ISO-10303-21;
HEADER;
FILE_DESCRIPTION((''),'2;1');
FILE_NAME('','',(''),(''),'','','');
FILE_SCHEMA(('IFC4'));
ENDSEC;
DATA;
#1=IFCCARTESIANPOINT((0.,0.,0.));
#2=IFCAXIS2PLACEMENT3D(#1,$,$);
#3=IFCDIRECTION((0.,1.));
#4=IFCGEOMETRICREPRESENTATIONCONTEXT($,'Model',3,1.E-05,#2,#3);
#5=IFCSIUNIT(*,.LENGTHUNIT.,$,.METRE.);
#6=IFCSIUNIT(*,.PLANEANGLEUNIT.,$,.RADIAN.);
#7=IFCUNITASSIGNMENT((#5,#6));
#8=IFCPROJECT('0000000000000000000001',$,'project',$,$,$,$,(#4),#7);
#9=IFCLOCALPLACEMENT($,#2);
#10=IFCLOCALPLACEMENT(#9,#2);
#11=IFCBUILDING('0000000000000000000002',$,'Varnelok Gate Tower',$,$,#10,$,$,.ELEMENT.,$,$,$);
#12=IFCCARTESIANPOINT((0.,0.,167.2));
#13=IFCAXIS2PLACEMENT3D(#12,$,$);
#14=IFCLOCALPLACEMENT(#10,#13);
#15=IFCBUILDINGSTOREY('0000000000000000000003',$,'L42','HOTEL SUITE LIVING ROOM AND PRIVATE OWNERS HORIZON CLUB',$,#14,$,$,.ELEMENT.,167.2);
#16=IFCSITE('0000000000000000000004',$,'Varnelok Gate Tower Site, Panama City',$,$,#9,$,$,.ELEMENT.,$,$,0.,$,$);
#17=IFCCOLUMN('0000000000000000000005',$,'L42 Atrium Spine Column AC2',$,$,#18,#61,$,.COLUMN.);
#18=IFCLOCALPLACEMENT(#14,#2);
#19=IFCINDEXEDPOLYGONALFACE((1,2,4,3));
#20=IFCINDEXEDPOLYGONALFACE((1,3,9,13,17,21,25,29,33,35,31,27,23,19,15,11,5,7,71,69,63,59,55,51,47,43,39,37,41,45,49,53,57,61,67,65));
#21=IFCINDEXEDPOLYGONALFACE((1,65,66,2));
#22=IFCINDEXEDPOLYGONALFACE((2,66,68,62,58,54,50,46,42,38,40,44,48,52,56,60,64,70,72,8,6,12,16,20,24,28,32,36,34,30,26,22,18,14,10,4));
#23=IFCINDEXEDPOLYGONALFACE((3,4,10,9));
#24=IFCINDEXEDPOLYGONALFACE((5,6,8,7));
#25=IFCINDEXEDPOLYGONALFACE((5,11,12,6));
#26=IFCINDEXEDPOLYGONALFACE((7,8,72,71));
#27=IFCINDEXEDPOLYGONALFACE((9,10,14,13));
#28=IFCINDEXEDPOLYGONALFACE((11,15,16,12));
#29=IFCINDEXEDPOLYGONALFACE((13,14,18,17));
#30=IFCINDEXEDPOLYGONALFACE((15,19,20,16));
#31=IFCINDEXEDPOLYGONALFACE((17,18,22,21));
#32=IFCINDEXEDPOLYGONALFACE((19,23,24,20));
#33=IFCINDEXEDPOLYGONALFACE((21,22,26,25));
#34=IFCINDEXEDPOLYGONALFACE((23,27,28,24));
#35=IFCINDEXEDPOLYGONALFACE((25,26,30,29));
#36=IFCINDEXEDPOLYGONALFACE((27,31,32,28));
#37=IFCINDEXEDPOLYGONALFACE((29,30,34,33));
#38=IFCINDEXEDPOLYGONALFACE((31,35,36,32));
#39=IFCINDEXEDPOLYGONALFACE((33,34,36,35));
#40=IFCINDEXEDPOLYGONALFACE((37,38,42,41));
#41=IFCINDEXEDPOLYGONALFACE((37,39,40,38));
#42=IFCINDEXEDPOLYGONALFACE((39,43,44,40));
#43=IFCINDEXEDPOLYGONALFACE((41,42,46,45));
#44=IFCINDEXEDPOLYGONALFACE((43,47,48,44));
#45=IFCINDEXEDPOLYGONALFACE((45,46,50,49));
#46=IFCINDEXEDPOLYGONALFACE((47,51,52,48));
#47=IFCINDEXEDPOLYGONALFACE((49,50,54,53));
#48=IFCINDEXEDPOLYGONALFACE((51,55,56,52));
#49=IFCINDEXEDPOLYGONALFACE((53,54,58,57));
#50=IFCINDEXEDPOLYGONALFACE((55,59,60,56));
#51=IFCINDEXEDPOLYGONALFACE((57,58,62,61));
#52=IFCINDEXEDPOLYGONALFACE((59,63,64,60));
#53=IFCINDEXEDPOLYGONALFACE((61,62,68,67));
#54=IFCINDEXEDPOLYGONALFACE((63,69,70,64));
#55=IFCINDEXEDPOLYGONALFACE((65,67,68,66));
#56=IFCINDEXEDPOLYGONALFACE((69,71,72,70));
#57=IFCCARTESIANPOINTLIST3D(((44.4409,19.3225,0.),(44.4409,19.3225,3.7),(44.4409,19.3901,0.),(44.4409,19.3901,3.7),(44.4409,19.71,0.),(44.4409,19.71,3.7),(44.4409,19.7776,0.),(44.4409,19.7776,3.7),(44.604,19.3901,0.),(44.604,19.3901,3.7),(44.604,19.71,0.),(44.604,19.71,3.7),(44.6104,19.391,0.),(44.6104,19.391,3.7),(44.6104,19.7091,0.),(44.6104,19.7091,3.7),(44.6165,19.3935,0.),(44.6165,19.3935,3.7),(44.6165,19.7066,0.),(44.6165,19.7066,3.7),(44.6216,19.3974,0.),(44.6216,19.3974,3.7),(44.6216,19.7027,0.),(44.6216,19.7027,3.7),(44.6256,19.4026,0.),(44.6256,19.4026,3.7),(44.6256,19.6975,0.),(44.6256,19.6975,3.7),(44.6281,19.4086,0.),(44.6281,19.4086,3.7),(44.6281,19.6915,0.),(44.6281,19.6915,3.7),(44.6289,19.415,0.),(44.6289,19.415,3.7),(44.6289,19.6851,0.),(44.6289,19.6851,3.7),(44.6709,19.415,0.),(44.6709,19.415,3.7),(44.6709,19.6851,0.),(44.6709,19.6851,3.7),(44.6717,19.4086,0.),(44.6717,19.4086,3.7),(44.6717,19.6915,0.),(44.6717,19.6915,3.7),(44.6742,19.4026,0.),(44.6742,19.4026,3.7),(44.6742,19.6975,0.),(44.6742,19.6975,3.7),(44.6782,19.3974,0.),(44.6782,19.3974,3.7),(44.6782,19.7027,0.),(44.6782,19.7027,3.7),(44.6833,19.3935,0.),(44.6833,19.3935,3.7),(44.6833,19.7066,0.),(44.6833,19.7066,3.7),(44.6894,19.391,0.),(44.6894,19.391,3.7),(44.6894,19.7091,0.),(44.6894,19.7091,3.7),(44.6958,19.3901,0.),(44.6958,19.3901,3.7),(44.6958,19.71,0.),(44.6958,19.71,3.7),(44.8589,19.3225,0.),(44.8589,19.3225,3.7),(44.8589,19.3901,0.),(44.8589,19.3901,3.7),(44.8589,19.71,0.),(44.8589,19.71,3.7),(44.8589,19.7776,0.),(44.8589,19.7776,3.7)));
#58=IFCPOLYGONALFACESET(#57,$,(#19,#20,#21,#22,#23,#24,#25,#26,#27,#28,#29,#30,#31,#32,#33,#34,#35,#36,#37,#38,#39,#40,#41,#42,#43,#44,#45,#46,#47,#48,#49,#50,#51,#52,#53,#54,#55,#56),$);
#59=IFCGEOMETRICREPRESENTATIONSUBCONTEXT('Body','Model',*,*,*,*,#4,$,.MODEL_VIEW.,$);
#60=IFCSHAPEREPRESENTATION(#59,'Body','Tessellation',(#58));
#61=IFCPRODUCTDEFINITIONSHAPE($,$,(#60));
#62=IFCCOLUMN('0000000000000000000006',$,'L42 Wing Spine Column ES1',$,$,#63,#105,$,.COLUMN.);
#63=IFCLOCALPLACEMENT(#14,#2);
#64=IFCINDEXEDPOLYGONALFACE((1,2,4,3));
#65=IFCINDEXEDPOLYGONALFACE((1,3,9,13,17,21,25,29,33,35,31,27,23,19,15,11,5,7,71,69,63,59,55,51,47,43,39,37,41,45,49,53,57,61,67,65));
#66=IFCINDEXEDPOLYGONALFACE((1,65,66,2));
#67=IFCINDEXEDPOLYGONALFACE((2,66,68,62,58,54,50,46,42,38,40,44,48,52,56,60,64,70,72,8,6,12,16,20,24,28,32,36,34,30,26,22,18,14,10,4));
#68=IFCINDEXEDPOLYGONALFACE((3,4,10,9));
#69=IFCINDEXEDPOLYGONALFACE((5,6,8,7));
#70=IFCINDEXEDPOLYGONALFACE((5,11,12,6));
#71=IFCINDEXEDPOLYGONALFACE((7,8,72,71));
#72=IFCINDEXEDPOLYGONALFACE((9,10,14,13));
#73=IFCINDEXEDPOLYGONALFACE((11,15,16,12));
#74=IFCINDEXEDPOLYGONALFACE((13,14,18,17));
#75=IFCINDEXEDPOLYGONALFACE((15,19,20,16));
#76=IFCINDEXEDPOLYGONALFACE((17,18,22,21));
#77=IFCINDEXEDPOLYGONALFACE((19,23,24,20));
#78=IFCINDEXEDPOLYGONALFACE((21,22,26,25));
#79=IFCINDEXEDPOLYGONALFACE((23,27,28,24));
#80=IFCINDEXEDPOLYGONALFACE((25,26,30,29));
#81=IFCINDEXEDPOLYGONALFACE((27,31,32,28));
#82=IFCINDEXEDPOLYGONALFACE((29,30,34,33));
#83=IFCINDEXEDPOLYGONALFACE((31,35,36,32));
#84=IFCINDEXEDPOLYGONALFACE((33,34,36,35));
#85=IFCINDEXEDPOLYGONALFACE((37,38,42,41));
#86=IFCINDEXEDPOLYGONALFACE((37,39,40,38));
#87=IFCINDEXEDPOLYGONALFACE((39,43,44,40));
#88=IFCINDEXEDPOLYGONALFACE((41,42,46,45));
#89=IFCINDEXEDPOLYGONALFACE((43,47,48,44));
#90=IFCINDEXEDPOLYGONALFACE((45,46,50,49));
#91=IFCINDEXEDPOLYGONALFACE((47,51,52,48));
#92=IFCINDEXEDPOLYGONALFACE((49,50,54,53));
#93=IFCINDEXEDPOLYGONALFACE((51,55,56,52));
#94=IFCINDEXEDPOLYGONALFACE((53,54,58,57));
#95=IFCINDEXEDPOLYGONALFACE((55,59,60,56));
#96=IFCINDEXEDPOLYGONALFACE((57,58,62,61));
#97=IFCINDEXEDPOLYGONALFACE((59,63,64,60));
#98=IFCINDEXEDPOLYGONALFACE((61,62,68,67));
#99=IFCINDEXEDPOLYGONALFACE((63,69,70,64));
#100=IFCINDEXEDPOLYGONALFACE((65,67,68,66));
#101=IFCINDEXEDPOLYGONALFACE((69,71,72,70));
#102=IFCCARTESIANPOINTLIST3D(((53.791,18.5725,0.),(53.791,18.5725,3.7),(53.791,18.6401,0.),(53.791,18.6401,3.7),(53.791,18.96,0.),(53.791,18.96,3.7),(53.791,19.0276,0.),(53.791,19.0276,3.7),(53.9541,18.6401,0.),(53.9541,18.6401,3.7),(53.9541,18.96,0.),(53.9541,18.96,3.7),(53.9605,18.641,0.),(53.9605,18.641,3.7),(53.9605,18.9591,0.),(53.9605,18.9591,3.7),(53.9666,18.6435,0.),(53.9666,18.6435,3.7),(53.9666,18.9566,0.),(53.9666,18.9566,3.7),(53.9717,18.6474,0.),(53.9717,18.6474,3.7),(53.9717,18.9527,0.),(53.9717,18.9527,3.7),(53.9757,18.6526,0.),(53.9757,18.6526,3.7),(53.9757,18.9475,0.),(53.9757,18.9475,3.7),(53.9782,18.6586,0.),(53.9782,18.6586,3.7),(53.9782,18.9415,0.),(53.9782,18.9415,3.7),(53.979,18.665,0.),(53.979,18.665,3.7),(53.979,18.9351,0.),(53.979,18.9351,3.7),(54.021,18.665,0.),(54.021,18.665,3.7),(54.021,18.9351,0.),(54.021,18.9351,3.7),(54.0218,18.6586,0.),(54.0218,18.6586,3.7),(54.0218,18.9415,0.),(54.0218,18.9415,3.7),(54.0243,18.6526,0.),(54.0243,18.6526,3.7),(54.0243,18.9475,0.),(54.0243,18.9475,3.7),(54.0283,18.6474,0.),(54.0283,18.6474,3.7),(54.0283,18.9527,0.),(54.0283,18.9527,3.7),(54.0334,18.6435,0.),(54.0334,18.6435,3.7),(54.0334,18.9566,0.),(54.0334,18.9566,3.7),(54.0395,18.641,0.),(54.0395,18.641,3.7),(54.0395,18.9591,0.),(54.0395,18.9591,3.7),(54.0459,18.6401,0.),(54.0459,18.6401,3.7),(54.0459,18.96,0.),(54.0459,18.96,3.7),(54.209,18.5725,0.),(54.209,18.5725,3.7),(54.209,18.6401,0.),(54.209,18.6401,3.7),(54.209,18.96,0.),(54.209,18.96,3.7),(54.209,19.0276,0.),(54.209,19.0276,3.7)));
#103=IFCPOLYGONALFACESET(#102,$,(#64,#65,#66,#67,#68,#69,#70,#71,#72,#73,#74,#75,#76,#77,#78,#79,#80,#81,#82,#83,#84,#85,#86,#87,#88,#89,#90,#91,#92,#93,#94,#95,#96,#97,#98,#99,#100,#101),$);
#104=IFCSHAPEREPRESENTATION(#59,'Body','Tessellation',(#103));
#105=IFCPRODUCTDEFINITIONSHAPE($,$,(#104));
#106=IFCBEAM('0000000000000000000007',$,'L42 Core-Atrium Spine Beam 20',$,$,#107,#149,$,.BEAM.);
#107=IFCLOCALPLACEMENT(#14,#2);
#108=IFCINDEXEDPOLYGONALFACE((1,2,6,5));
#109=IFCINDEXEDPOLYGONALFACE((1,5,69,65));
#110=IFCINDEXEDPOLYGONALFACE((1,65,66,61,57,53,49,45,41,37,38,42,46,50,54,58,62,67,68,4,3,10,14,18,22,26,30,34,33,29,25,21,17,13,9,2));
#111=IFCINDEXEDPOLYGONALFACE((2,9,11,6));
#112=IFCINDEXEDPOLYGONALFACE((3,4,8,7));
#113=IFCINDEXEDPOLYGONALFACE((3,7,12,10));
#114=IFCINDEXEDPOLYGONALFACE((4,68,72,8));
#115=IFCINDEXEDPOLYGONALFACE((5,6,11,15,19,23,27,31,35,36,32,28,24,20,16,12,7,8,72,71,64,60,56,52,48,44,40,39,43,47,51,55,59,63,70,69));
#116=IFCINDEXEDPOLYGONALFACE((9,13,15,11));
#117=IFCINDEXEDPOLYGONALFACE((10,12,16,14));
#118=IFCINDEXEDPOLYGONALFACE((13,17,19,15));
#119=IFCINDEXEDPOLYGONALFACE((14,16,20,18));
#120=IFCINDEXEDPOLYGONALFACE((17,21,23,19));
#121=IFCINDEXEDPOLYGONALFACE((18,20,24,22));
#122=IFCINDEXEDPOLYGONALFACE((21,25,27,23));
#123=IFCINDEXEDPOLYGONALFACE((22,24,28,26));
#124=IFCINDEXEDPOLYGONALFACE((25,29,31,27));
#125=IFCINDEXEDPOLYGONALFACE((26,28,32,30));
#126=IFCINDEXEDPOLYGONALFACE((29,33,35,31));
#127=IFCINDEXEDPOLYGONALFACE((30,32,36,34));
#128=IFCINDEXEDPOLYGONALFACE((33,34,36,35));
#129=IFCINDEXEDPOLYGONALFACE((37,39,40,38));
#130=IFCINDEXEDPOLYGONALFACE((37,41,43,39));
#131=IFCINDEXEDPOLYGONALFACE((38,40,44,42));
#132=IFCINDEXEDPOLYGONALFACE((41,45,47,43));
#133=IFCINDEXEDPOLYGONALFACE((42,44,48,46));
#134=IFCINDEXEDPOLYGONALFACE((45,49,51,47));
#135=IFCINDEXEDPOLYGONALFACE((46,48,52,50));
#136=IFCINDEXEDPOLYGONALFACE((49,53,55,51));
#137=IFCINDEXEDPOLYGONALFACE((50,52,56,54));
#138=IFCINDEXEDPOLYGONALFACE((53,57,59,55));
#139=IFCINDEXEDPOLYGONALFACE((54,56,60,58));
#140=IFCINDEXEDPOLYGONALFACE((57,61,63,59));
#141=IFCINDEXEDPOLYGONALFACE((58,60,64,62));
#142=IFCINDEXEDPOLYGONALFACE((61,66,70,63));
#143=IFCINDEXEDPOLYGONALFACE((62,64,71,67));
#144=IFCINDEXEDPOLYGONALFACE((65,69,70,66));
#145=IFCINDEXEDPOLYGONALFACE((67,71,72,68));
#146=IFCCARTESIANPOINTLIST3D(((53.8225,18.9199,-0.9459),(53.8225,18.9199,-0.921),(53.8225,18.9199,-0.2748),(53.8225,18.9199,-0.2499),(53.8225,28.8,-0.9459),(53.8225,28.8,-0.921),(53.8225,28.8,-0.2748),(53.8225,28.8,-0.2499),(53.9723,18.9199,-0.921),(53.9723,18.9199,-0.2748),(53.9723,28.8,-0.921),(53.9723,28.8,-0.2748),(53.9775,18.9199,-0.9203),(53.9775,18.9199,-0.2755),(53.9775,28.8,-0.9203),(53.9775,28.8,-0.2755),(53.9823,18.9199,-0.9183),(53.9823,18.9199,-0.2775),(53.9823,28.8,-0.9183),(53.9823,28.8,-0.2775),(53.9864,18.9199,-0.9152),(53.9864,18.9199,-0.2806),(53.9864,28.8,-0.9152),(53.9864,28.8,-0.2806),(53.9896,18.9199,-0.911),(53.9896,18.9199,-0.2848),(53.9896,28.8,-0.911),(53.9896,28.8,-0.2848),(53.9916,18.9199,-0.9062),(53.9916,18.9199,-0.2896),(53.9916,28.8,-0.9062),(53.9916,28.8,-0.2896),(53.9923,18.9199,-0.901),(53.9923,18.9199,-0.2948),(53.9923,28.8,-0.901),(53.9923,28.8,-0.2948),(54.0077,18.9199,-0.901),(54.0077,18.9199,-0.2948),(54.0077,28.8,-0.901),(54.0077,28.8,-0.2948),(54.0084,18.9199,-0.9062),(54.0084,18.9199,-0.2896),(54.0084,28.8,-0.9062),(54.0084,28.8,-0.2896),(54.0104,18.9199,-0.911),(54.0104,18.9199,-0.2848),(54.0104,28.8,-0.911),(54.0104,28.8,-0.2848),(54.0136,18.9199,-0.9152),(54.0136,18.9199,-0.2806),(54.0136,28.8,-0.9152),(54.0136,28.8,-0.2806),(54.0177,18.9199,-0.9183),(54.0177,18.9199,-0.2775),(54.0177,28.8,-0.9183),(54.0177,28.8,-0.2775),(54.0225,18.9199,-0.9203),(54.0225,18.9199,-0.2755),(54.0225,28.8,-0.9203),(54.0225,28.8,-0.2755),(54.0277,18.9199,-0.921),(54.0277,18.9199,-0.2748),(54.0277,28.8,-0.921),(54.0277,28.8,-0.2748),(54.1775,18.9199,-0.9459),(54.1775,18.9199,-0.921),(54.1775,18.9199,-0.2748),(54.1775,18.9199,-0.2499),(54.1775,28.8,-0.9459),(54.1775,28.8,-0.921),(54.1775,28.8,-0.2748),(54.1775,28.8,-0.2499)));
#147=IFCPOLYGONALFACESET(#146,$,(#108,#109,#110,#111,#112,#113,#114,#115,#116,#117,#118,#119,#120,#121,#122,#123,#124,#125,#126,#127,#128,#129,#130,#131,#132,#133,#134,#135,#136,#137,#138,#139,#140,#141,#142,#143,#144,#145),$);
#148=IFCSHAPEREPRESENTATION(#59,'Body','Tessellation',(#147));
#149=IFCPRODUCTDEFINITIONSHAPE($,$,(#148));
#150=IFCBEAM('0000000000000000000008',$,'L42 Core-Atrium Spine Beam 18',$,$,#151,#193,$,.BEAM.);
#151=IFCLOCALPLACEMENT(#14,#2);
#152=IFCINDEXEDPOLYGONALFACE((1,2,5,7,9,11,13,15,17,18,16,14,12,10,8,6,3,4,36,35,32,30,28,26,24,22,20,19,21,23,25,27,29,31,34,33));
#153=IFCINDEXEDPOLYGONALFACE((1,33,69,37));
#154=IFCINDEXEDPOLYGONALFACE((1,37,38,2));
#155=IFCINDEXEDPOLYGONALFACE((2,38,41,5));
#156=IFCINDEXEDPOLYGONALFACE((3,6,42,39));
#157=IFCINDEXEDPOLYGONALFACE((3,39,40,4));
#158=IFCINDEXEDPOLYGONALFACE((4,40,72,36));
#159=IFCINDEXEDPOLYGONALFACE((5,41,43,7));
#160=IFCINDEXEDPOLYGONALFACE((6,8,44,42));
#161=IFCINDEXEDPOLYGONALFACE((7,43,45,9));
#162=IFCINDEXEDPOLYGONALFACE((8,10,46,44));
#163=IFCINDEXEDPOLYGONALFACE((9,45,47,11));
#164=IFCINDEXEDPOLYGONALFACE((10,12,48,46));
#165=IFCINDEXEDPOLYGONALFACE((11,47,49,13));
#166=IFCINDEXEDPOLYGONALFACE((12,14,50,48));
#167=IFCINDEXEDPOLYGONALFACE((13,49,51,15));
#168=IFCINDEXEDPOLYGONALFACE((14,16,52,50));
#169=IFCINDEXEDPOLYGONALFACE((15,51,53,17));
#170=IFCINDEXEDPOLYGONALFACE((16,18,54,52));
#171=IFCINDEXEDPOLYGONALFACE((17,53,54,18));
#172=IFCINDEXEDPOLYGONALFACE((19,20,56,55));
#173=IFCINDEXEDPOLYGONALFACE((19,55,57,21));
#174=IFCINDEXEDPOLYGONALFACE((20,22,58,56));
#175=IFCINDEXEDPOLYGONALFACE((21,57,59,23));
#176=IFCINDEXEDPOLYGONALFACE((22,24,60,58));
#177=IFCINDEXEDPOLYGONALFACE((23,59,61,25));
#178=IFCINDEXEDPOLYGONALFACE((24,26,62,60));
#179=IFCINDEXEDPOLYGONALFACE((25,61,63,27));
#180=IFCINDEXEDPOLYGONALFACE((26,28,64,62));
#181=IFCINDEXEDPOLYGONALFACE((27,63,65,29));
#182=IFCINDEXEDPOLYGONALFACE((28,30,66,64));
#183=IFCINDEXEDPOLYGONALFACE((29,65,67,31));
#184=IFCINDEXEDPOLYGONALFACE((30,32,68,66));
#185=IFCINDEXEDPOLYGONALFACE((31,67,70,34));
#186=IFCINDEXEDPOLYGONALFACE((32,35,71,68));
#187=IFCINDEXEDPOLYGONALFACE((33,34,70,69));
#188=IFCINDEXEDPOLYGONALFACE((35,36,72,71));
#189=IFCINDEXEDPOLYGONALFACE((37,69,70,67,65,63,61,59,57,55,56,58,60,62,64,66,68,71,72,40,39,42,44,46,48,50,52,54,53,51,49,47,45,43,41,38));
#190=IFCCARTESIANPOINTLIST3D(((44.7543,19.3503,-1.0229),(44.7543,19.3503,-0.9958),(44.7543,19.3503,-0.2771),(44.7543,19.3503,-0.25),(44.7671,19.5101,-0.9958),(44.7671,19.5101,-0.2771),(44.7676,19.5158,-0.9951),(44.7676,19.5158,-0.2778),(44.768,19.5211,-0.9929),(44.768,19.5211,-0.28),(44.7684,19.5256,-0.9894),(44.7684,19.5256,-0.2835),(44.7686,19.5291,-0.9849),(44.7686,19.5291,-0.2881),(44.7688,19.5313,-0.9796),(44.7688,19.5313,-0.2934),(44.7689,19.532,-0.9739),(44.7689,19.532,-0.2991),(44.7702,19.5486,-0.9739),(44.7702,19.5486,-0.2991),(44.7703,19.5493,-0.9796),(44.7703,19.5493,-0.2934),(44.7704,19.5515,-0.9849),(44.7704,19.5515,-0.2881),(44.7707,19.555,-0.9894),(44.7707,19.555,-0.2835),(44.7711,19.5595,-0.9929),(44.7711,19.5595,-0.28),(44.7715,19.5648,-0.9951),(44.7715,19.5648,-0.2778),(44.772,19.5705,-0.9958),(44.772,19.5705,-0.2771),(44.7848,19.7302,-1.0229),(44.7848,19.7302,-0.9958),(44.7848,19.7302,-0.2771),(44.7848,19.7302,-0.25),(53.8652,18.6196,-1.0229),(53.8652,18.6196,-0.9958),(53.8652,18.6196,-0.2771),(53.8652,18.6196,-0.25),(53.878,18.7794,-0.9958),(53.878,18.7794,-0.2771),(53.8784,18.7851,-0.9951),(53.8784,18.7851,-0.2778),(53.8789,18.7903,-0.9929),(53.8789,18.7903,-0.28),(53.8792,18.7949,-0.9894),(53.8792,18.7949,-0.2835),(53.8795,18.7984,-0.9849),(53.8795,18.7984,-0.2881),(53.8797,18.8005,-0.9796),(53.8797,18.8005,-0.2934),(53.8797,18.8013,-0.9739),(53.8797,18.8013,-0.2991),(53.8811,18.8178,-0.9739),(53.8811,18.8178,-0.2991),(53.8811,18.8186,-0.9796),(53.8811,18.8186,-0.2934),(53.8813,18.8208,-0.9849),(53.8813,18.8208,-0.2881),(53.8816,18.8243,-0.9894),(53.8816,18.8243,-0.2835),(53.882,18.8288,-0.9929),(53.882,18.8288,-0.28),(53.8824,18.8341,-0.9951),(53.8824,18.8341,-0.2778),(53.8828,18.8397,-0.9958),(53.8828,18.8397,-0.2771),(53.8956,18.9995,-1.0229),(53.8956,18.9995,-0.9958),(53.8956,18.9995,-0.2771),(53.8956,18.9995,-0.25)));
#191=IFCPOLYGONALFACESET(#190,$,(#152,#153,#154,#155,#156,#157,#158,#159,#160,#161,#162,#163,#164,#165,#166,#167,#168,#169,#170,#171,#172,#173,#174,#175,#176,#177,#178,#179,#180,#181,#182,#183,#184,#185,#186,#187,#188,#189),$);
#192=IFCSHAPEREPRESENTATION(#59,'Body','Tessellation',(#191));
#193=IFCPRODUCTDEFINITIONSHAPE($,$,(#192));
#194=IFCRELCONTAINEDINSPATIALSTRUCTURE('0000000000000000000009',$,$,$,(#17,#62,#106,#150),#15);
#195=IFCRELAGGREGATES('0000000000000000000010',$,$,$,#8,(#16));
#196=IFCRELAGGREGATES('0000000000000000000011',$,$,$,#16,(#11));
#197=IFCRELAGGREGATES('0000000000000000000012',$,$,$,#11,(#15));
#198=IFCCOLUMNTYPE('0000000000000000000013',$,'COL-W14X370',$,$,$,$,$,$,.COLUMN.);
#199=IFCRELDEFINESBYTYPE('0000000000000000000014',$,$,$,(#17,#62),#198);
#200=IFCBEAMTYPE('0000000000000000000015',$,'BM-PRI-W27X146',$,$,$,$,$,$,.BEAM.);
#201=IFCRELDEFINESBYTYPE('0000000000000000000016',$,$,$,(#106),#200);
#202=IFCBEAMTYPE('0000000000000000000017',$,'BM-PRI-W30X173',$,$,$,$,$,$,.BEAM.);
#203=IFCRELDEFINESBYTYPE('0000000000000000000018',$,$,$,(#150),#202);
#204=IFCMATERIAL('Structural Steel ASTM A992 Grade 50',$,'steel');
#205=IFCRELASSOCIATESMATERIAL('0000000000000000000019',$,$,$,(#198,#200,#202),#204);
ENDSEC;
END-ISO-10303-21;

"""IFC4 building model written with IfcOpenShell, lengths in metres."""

from ifc_helpers import new_model, si_unit, direction, frame, origin, origin_2d, place, context, subcontext, project, spatial, i_section, extrude, material, material_profile, profile_set, type_object, element, save


model = new_model("IFC4")

# Units and contexts
model_context = context("Model", 3, precision=1e-05, world=origin(), true_north=direction((0.0, 1.0)))
body_context = subcontext(model_context, "Body", "Model", "MODEL_VIEW")
ifc_project = project(units=[si_unit("LENGTHUNIT", "METRE"), si_unit("PLANEANGLEUNIT", "RADIAN")], contexts=[model_context])

# Site, building, storey
site_placement = place(None, origin())
site = spatial("IfcSite", under=ifc_project, at=site_placement, Name="Varnelok Gate Tower Site, Panama City", CompositionType="ELEMENT", RefElevation=0.0)
building_placement = place(site_placement, origin())
building = spatial("IfcBuilding", under=site, at=building_placement, Name="Varnelok Gate Tower", CompositionType="ELEMENT")
storey_placement = place(building_placement, frame((0.0, 0.0, 167.2)))
storey = spatial("IfcBuildingStorey", under=building, at=storey_placement, Name="L42", Description="HOTEL SUITE LIVING ROOM AND PRIVATE OWNERS HORIZON CLUB", CompositionType="ELEMENT", Elevation=167.2)

# Columns
ifc_material_1 = material(Name="Structural Steel ASTM A992 Grade 50", Category="steel")
ifc_material_profile_1 = material_profile(ifc_material_1, i_section(OverallWidth=0.418, OverallDepth=0.4551, WebThickness=0.042, FlangeThickness=0.0676, FilletRadius=0.0249, at=origin_2d()), Name="W14X370")
ifc_profile_set_1 = profile_set([ifc_material_profile_1], Name="Structural Steel ASTM A992 Grade 50")
column_type = type_object("IfcColumnType", Name="COL-W14X370", PredefinedType="COLUMN", material=ifc_profile_set_1)
for number, where, z_axis, x_axis, name in (
    (1, (44.6499, 19.55, 0.0), (0.0, 0.0, 1.0), (1.0, 0.0, 0.0), "L42 Atrium Spine Column AC2"),
    (2, (54.0, 18.8, 0.0), (0.0, 0.0, 1.0), (1.0, 0.0, 0.0), "L42 Wing Spine Column ES1"),
):
    element("IfcColumn", number, at=place(storey_placement, frame(where, z_axis=z_axis, x_axis=x_axis)), inside=storey, type_object=column_type, Name=name, PredefinedType="COLUMN", context=body_context, shape_type="SweptSolid", body=[
        extrude(i_section(OverallWidth=0.418, OverallDepth=0.4551, WebThickness=0.042, FlangeThickness=0.0676, FilletRadius=0.0249, at=origin_2d()), origin(), (0.0, 0.0, 1.0), 3.7),
    ])

# Beams
ifc_material_profile_2 = material_profile(ifc_material_1, i_section(OverallWidth=0.355, OverallDepth=0.696, WebThickness=0.0154, FlangeThickness=0.0249, FilletRadius=0.02, at=origin_2d()), Name="W27X146")
ifc_profile_set_2 = profile_set([ifc_material_profile_2], Name="Structural Steel ASTM A992 Grade 50")
beam_type_1 = type_object("IfcBeamType", Name="BM-PRI-W27X146", PredefinedType="BEAM", material=ifc_profile_set_2)
beam_1_placement = place(storey_placement, frame((54.0, 18.9199, -0.5979), z_axis=(0.0, 1.0, 0.0), x_axis=(-1.0, 0.0, 0.0)))
element("IfcBeam", 3, at=beam_1_placement, inside=storey, type_object=beam_type_1, Name="L42 Core-Atrium Spine Beam 20", PredefinedType="BEAM", context=body_context, shape_type="SweptSolid", body=[
    extrude(i_section(OverallWidth=0.355, OverallDepth=0.696, WebThickness=0.0154, FlangeThickness=0.0249, FilletRadius=0.02, at=origin_2d()), origin(), (0.0, 0.0, 1.0), 9.8801),
])
ifc_material_profile_3 = material_profile(ifc_material_1, i_section(OverallWidth=0.3811, OverallDepth=0.7729, WebThickness=0.0166, FlangeThickness=0.0271, FilletRadius=0.022, at=origin_2d()), Name="W30X173")
ifc_profile_set_3 = profile_set([ifc_material_profile_3], Name="Structural Steel ASTM A992 Grade 50")
beam_type_2 = type_object("IfcBeamType", Name="BM-PRI-W30X173", PredefinedType="BEAM", material=ifc_profile_set_3)
beam_2_placement = place(storey_placement, frame((44.7695, 19.5403, -0.6365), z_axis=(0.996799, -0.079946, 0.0), x_axis=(0.079946, 0.996799, 0.0)))
element("IfcBeam", 4, at=beam_2_placement, inside=storey, type_object=beam_type_2, Name="L42 Core-Atrium Spine Beam 18", PredefinedType="BEAM", context=body_context, shape_type="SweptSolid", body=[
    extrude(i_section(OverallWidth=0.3811, OverallDepth=0.7729, WebThickness=0.0166, FlangeThickness=0.0271, FilletRadius=0.022, at=origin_2d()), origin(), (0.0, 0.0, 1.0), 9.1401),
])

save(model, "model.ifc")
